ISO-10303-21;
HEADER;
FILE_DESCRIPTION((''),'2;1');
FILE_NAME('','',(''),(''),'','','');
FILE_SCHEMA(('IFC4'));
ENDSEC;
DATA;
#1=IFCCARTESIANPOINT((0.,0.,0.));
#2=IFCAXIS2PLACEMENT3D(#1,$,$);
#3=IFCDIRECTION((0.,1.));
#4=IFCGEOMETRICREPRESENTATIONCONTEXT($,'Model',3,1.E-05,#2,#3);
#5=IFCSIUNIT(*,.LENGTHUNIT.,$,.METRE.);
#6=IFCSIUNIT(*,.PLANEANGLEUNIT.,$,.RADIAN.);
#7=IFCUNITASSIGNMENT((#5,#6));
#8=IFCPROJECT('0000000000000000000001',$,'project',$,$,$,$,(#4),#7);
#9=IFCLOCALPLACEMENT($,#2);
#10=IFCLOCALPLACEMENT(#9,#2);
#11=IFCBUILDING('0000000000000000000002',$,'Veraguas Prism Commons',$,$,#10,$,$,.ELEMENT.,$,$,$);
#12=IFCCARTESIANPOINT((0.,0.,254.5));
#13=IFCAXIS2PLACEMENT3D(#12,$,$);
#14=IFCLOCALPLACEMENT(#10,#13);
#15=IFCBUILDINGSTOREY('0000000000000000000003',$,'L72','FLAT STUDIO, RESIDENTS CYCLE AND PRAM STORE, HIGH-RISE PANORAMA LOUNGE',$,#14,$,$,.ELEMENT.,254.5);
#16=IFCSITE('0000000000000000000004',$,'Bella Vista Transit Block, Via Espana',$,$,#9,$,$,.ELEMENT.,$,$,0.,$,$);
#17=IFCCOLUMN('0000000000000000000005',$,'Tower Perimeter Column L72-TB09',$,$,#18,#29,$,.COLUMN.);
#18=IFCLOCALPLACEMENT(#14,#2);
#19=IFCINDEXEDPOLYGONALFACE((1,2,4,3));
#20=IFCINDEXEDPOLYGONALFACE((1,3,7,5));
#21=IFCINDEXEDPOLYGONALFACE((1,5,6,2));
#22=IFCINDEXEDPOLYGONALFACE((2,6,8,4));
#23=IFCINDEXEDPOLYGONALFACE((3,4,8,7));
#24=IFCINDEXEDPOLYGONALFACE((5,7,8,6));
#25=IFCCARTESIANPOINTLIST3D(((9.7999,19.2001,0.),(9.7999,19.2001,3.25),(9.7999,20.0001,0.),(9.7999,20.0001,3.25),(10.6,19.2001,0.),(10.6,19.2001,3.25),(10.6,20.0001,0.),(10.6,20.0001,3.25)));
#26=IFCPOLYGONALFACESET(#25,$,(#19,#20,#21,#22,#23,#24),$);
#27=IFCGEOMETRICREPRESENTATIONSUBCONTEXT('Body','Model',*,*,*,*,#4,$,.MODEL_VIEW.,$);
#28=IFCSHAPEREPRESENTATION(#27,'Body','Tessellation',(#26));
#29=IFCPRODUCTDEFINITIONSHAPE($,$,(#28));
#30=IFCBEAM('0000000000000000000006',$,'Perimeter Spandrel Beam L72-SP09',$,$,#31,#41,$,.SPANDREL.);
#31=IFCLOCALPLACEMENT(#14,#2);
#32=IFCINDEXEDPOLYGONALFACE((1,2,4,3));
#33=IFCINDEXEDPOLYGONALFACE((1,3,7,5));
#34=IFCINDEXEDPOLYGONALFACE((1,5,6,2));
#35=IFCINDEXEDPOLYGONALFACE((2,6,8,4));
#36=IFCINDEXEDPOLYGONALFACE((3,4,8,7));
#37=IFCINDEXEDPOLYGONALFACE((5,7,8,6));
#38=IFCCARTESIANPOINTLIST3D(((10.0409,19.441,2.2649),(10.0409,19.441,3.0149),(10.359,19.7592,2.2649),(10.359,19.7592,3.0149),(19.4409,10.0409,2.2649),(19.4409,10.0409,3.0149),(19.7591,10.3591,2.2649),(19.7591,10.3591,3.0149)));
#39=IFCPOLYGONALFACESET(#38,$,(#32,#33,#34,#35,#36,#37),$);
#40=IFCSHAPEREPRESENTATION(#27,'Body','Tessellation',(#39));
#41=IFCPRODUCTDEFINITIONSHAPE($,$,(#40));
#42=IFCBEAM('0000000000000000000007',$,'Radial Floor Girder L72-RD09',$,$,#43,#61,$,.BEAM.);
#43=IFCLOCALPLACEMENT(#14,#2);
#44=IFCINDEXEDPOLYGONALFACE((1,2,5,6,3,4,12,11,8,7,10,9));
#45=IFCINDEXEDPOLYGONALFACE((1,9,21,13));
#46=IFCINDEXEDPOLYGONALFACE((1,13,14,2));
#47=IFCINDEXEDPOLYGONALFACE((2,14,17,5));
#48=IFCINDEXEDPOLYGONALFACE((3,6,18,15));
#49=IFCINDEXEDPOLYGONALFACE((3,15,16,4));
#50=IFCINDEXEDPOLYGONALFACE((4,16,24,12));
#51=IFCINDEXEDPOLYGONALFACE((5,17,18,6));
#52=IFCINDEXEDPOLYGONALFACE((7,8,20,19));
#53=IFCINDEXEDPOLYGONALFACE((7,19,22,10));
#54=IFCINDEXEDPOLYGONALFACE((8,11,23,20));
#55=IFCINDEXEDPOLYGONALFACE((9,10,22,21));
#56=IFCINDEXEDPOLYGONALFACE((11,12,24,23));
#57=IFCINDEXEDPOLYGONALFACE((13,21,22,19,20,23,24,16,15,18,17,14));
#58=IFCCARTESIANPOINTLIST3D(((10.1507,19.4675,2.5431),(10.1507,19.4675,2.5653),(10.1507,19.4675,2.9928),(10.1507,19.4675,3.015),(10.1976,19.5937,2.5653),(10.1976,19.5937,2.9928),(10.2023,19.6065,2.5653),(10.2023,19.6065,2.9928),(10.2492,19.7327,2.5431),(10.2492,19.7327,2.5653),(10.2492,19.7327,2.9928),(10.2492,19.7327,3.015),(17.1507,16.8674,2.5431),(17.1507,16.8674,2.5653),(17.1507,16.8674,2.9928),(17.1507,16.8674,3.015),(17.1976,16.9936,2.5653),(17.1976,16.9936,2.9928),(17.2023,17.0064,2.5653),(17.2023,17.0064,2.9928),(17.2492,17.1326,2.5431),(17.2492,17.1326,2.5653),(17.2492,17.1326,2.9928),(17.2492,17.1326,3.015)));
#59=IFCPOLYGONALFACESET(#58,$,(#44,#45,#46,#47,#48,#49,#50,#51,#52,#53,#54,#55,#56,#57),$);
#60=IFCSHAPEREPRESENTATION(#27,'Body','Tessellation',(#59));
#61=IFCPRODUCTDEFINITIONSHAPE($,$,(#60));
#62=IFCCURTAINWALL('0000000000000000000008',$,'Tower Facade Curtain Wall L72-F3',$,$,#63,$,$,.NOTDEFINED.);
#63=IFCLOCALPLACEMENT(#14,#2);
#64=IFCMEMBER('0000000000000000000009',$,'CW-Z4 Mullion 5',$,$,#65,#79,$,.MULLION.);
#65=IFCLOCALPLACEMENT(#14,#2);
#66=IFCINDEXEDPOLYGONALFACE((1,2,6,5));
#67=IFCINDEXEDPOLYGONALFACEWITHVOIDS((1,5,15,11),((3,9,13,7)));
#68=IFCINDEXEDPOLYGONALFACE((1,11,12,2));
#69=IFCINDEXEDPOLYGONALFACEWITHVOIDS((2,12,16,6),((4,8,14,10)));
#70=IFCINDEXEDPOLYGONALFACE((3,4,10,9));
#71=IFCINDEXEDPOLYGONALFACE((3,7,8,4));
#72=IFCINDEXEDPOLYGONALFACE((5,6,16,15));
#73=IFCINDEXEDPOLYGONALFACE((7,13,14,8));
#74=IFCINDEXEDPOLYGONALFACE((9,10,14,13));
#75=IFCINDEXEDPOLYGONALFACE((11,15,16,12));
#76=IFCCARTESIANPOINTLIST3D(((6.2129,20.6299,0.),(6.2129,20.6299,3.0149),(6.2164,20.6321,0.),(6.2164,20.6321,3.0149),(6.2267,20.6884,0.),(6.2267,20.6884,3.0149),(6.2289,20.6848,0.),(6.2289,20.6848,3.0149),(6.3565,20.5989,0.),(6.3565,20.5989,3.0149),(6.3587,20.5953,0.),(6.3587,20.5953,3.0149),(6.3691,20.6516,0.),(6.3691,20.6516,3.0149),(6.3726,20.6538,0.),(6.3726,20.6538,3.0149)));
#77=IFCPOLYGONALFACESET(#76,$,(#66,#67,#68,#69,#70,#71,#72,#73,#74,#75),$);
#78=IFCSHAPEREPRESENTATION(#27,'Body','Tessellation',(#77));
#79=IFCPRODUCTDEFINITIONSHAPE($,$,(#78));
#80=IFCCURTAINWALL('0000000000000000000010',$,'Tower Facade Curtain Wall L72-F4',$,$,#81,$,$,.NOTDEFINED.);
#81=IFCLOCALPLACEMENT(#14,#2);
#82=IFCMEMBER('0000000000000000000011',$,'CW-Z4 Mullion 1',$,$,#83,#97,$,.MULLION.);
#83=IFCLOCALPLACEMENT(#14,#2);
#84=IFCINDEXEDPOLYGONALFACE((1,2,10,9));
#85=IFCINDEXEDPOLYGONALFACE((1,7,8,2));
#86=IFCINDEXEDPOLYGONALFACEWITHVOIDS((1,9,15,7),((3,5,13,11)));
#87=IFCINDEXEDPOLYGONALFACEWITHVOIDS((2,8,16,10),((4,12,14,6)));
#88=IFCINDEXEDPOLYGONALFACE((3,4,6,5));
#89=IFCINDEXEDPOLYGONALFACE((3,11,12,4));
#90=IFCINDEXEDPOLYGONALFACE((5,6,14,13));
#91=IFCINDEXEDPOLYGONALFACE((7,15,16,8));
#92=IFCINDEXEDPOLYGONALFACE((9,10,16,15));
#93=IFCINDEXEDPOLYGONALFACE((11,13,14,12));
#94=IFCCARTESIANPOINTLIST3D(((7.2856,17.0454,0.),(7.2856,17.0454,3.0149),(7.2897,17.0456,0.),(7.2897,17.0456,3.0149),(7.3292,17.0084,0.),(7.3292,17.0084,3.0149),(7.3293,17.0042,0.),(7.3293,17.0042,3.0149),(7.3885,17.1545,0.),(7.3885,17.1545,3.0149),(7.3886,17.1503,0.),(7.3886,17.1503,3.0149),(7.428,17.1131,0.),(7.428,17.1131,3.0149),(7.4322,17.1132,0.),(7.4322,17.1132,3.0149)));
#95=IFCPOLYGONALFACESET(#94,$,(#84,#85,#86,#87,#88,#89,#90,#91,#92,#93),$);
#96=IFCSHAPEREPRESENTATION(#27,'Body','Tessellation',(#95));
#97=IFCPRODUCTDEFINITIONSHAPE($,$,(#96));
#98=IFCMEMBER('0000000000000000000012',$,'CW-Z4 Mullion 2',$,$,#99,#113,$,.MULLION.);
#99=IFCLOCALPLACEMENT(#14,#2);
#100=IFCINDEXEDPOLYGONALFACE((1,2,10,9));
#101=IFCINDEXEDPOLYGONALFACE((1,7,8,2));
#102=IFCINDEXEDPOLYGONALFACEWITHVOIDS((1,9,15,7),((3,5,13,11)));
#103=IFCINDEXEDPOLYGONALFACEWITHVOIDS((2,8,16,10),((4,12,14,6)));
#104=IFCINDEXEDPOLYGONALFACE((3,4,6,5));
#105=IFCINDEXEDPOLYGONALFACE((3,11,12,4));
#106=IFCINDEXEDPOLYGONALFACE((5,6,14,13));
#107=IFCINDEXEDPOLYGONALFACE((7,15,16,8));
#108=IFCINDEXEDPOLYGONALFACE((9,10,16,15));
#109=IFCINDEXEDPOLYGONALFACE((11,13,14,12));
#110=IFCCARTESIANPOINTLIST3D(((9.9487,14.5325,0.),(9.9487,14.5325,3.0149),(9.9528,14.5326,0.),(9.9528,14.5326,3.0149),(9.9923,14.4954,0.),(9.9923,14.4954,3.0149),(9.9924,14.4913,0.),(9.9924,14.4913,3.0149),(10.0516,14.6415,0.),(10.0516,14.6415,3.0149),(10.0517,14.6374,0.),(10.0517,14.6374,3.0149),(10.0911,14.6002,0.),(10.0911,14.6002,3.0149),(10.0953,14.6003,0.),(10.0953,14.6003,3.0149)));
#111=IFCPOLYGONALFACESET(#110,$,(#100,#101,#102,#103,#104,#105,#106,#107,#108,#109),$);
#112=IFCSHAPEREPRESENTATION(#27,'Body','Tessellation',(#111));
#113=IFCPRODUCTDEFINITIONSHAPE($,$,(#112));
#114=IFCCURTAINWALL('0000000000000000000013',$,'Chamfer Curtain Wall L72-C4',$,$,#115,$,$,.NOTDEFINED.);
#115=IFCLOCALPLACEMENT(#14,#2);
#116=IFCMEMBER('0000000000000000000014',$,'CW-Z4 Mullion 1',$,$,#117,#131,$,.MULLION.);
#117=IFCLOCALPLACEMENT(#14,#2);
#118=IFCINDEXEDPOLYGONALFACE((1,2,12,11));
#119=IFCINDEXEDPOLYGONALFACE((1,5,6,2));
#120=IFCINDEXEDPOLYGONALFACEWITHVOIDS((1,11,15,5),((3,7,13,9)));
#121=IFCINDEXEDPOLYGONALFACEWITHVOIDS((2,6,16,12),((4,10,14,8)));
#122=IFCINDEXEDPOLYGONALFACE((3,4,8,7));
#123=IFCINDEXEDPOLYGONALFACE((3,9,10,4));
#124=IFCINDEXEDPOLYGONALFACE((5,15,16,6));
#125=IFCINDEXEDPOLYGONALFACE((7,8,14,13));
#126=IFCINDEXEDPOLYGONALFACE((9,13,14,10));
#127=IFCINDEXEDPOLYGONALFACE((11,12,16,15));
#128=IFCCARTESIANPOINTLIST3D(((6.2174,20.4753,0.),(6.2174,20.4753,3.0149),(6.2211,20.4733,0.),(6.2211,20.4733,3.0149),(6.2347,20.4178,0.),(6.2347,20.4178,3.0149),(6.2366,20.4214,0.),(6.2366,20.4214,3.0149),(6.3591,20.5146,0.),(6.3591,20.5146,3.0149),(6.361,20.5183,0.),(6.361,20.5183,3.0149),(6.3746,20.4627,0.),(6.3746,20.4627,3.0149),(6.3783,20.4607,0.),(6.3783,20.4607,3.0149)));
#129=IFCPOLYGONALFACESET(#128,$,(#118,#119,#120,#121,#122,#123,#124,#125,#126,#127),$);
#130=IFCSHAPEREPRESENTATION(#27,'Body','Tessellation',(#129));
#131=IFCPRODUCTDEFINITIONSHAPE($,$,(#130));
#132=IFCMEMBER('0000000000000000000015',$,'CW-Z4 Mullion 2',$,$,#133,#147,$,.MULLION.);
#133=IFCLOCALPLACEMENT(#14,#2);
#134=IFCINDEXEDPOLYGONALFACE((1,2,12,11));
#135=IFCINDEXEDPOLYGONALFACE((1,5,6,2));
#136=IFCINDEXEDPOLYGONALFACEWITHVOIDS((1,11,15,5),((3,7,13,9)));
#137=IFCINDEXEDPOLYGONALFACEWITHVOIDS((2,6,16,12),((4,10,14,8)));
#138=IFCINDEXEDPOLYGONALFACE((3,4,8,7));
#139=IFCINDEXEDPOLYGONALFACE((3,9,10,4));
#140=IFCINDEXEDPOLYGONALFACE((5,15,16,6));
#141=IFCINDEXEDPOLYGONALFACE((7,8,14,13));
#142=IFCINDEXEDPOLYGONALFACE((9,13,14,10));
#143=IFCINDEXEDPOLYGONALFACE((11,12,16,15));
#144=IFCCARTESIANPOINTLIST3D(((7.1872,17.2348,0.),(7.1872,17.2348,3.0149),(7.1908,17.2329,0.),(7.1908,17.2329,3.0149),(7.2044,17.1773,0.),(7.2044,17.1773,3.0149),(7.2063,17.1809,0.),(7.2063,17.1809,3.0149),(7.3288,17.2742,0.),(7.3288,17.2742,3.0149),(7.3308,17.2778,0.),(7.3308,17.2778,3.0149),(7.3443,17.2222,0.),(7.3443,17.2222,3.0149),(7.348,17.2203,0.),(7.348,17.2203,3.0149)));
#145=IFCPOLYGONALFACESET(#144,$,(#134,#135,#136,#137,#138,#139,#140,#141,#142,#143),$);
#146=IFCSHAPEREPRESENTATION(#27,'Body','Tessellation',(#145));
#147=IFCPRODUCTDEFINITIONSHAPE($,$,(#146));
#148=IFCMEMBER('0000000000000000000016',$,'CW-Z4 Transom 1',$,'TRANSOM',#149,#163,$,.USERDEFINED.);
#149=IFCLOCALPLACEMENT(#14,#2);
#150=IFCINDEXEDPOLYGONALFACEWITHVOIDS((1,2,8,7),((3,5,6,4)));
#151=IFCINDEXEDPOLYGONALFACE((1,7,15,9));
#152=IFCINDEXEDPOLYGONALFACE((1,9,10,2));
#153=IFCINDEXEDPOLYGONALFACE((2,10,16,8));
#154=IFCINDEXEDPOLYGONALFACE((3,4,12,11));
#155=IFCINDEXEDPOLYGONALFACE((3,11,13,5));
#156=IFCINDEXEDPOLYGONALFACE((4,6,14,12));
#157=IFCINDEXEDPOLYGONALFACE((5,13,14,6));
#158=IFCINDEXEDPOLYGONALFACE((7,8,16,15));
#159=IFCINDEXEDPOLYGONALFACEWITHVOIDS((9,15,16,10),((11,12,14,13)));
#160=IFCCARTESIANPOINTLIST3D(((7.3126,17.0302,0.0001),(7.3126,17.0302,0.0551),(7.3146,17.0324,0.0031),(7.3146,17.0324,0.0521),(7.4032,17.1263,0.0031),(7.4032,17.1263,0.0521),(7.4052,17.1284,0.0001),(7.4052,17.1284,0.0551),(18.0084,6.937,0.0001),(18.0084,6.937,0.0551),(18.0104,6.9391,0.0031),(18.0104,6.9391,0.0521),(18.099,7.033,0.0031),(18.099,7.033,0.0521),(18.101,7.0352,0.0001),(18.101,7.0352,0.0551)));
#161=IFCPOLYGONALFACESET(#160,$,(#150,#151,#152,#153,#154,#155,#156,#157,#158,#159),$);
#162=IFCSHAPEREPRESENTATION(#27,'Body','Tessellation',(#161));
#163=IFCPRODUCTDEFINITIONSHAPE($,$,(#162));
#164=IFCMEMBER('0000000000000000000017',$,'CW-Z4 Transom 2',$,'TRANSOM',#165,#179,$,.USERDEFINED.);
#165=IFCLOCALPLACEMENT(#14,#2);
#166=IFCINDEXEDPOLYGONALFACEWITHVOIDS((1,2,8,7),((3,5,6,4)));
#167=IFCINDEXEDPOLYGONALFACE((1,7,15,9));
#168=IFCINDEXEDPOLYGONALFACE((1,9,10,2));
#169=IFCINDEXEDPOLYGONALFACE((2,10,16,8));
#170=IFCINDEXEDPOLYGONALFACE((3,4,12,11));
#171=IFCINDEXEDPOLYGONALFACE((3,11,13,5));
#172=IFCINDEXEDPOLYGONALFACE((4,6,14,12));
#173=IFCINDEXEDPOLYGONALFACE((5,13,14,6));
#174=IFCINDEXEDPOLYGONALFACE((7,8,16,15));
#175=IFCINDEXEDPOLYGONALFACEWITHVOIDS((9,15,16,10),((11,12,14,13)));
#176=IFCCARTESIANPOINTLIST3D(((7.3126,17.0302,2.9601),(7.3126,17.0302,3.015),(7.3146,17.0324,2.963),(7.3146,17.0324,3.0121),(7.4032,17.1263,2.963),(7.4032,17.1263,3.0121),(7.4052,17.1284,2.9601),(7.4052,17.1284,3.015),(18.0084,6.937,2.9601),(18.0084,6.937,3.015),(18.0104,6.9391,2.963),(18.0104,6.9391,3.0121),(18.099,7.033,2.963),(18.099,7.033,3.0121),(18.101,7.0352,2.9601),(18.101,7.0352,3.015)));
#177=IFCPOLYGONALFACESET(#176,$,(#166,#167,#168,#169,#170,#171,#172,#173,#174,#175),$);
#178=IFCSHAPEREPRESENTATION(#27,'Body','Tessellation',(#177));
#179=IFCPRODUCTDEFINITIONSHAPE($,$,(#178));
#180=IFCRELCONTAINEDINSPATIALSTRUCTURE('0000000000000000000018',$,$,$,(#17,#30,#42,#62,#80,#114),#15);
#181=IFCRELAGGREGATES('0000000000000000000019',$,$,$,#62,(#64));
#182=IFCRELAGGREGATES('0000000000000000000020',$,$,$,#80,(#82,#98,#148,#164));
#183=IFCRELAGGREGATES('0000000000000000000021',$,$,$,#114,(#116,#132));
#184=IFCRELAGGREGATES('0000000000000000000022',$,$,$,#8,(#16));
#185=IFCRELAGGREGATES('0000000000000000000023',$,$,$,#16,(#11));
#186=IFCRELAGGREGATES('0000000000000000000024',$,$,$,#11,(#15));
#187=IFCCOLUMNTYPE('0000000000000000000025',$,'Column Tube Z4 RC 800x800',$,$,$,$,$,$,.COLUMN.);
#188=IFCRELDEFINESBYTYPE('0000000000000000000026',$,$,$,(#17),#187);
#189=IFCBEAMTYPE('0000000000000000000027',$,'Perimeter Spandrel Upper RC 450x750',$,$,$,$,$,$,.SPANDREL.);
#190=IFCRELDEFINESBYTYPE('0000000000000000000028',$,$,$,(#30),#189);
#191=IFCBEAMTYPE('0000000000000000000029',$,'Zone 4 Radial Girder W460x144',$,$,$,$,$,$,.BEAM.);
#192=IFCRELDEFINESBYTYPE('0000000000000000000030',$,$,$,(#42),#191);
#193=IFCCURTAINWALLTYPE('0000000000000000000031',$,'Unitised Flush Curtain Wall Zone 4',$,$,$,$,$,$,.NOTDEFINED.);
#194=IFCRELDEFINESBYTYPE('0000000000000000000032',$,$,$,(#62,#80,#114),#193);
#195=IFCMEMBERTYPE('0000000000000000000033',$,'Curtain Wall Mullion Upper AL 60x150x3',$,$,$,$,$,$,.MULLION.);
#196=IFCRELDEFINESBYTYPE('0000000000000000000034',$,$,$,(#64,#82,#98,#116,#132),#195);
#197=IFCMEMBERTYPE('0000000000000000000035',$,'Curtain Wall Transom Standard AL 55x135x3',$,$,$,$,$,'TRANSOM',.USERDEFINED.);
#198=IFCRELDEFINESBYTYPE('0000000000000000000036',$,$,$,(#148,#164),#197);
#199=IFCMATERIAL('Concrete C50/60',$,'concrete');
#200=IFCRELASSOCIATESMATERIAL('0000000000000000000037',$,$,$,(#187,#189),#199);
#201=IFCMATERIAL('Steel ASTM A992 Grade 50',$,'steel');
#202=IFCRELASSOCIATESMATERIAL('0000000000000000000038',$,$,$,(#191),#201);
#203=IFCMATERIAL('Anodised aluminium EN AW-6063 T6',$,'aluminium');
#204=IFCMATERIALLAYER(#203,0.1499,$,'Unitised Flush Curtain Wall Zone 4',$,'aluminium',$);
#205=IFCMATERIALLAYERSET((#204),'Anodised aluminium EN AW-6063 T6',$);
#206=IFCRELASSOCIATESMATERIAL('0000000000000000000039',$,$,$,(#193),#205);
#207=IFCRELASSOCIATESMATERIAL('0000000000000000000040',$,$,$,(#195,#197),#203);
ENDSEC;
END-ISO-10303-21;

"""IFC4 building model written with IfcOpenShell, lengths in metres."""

from ifc_helpers import new_model, si_unit, direction, frame, origin, origin_2d, place, context, subcontext, project, spatial, rectangle, hollow_rectangle, i_section, extrude, source, transform, mapped, material, layer, layer_set, material_profile, profile_set, type_object, element, aggregate, save


model = new_model("IFC4")

# Units and contexts
model_context = context("Model", 3, precision=1e-05, world=origin(), true_north=direction((0.0, 1.0)))
body_context = subcontext(model_context, "Body", "Model", "MODEL_VIEW")
ifc_project = project(units=[si_unit("LENGTHUNIT", "METRE"), si_unit("PLANEANGLEUNIT", "RADIAN")], contexts=[model_context])

# Site, building, storey
site_placement = place(None, origin())
site = spatial("IfcSite", under=ifc_project, at=site_placement, Name="Bella Vista Transit Block, Via Espana", CompositionType="ELEMENT", RefElevation=0.0)
building_placement = place(site_placement, origin())
building = spatial("IfcBuilding", under=site, at=building_placement, Name="Veraguas Prism Commons", CompositionType="ELEMENT")
storey_placement = place(building_placement, frame((0.0, 0.0, 254.5)))
storey = spatial("IfcBuildingStorey", under=building, at=storey_placement, Name="L72", Description="FLAT STUDIO, RESIDENTS CYCLE AND PRAM STORE, HIGH-RISE PANORAMA LOUNGE", CompositionType="ELEMENT", Elevation=254.5)

# Column
ifc_material_1 = material(Name="Concrete C50/60", Category="concrete")
ifc_material_profile_1 = material_profile(ifc_material_1, rectangle(XDim=0.8, YDim=0.8, at=origin_2d()), Name="RC800X800")
ifc_profile_set_1 = profile_set([ifc_material_profile_1], Name="Concrete C50/60")
column_type = type_object("IfcColumnType", Name="Column Tube Z4 RC 800x800", PredefinedType="COLUMN", material=ifc_profile_set_1)
column_placement = place(storey_placement, frame((10.2, 19.6001, 0.0), z_axis=(0.0, 0.0, 1.0), x_axis=(1.0, 0.0, 0.0)))
element("IfcColumn", 1, at=column_placement, inside=storey, type_object=column_type, Name="Tower Perimeter Column L72-TB09", PredefinedType="COLUMN", context=body_context, shape_type="SweptSolid", body=[
    extrude(rectangle(XDim=0.8, YDim=0.8, at=origin_2d()), origin(), (0.0, 0.0, 1.0), 3.25),
])

# Beams
ifc_material_profile_2 = material_profile(ifc_material_1, rectangle(XDim=0.45, YDim=0.75, at=origin_2d()), Name="RC450X750")
ifc_profile_set_2 = profile_set([ifc_material_profile_2], Name="Concrete C50/60")
beam_type_1 = type_object("IfcBeamType", Name="Perimeter Spandrel Upper RC 450x750", PredefinedType="SPANDREL", material=ifc_profile_set_2)
beam_1_placement = place(storey_placement, frame((10.2, 19.6001, 2.6399), z_axis=(0.707107, -0.707107, 0.0), x_axis=(0.707107, 0.707107, 0.0)))
element("IfcBeam", 2, at=beam_1_placement, inside=storey, type_object=beam_type_1, Name="Perimeter Spandrel Beam L72-SP09", PredefinedType="SPANDREL", context=body_context, shape_type="SweptSolid", body=[
    extrude(rectangle(XDim=0.45, YDim=0.75, at=origin_2d()), origin(), (0.0, 0.0, 1.0), 13.2937),
])
ifc_material_2 = material(Name="Steel ASTM A992 Grade 50", Category="steel")
ifc_material_profile_3 = material_profile(ifc_material_2, i_section(OverallWidth=0.283, OverallDepth=0.4719, WebThickness=0.0137, FlangeThickness=0.0222, at=origin_2d()), Name="W460X144")
ifc_profile_set_3 = profile_set([ifc_material_profile_3], Name="Steel ASTM A992 Grade 50")
beam_type_2 = type_object("IfcBeamType", Name="Zone 4 Radial Girder W460x144", PredefinedType="BEAM", material=ifc_profile_set_3)
beam_2_placement = place(storey_placement, frame((10.2, 19.6001, 2.7791), z_axis=(0.937421, -0.348198, 0.0), x_axis=(0.348198, 0.937421, 0.0)))
element("IfcBeam", 3, at=beam_2_placement, inside=storey, type_object=beam_type_2, Name="Radial Floor Girder L72-RD09", PredefinedType="BEAM", context=body_context, shape_type="SweptSolid", body=[
    extrude(i_section(OverallWidth=0.283, OverallDepth=0.4719, WebThickness=0.0137, FlangeThickness=0.0222, at=origin_2d()), origin(), (0.0, 0.0, 1.0), 7.4673),
])

# Curtain wall, member
ifc_material_3 = material(Name="Anodised aluminium EN AW-6063 T6", Category="aluminium")
ifc_layer_1 = layer(ifc_material_3, 0.1499, Name="Unitised Flush Curtain Wall Zone 4", Category="aluminium")
ifc_layer_set_1 = layer_set([ifc_layer_1], Name="Anodised aluminium EN AW-6063 T6")
curtain_wall_type = type_object("IfcCurtainWallType", Name="Unitised Flush Curtain Wall Zone 4", PredefinedType="NOTDEFINED", material=ifc_layer_set_1)
curtain_wall_1_placement = place(storey_placement, origin())
curtain_wall_1 = element("IfcCurtainWall", 4, at=curtain_wall_1_placement, inside=storey, type_object=curtain_wall_type, Name="Tower Facade Curtain Wall L72-F3", PredefinedType="NOTDEFINED")
ifc_material_profile_4 = material_profile(ifc_material_3, hollow_rectangle(XDim=0.0601, YDim=0.1499, WallThickness=0.0029, at=origin_2d()), Name="AL60X150X3")
ifc_profile_set_4 = profile_set([ifc_material_profile_4], Name="Anodised aluminium EN AW-6063 T6")
member_type_1 = type_object("IfcMemberType", Name="Curtain Wall Mullion Upper AL 60x150x3", PredefinedType="MULLION", material=ifc_profile_set_4)
shared_shape_1 = source(origin(), body_context, "Body", "SweptSolid", [
    extrude(hollow_rectangle(XDim=0.0601, YDim=0.1499, WallThickness=0.0029, at=origin_2d()), origin(), (0.0, 0.0, 1.0), 3.0149),
])
member_1_placement = place(storey_placement, frame((6.2927, 20.6418, 0.0), z_axis=(0.0, 0.0, 1.0), x_axis=(-0.230741, -0.973015, 0.0)))
member_1 = element("IfcMember", 5, at=member_1_placement, type_object=member_type_1, Name="CW-Z4 Mullion 5", PredefinedType="MULLION", context=body_context, shape_type="MappedRepresentation", body=[
    mapped(shared_shape_1, transform((0.0, 0.0, 0.0), scale=1.0)),
])
aggregate(curtain_wall_1, [member_1])

# Curtain walls, members
curtain_wall_2_placement = place(storey_placement, origin())
curtain_wall_2 = element("IfcCurtainWall", 6, at=curtain_wall_2_placement, inside=storey, type_object=curtain_wall_type, Name="Tower Facade Curtain Wall L72-F4", PredefinedType="NOTDEFINED")
member_2_placement = place(storey_placement, frame((7.3589, 17.0793, 0.0), z_axis=(0.0, 0.0, 1.0), x_axis=(0.727296, -0.686324, 0.0)))
member_2 = element("IfcMember", 7, at=member_2_placement, type_object=member_type_1, Name="CW-Z4 Mullion 1", PredefinedType="MULLION", context=body_context, shape_type="MappedRepresentation", body=[
    mapped(shared_shape_1, transform((0.0, 0.0, 0.0), scale=1.0)),
])
member_3_placement = place(storey_placement, frame((10.022, 14.5664, 0.0), z_axis=(0.0, 0.0, 1.0), x_axis=(0.727296, -0.686324, 0.0)))
member_3 = element("IfcMember", 8, at=member_3_placement, type_object=member_type_1, Name="CW-Z4 Mullion 2", PredefinedType="MULLION", context=body_context, shape_type="MappedRepresentation", body=[
    mapped(shared_shape_1, transform((0.0, 0.0, 0.0), scale=1.0)),
])
curtain_wall_3_placement = place(storey_placement, origin())
curtain_wall_3 = element("IfcCurtainWall", 9, at=curtain_wall_3_placement, inside=storey, type_object=curtain_wall_type, Name="Chamfer Curtain Wall L72-C4", PredefinedType="NOTDEFINED")
member_4_placement = place(storey_placement, frame((6.2979, 20.468, 0.0), z_axis=(0.0, 0.0, 1.0), x_axis=(0.286708, -0.958018, 0.0)))
member_4 = element("IfcMember", 10, at=member_4_placement, type_object=member_type_1, Name="CW-Z4 Mullion 1", PredefinedType="MULLION", context=body_context, shape_type="MappedRepresentation", body=[
    mapped(shared_shape_1, transform((0.0, 0.0, 0.0), scale=1.0)),
])
member_5_placement = place(storey_placement, frame((7.2676, 17.2275, 0.0), z_axis=(0.0, 0.0, 1.0), x_axis=(0.286708, -0.958018, 0.0)))
member_5 = element("IfcMember", 11, at=member_5_placement, type_object=member_type_1, Name="CW-Z4 Mullion 2", PredefinedType="MULLION", context=body_context, shape_type="MappedRepresentation", body=[
    mapped(shared_shape_1, transform((0.0, 0.0, 0.0), scale=1.0)),
])

# Members
ifc_material_profile_5 = material_profile(ifc_material_3, hollow_rectangle(XDim=0.0549, YDim=0.135, WallThickness=0.0029, at=origin_2d()), Name="AL55X135X3")
ifc_profile_set_5 = profile_set([ifc_material_profile_5], Name="Anodised aluminium EN AW-6063 T6")
member_type_2 = type_object("IfcMemberType", Name="Curtain Wall Transom Standard AL 55x135x3", ElementType="TRANSOM", PredefinedType="USERDEFINED", material=ifc_profile_set_5)
shared_shape_2 = source(origin(), body_context, "Body", "SweptSolid", [
    extrude(hollow_rectangle(XDim=0.0549, YDim=0.135, WallThickness=0.0029, at=origin_2d()), origin(), (0.0, 0.0, 1.0), 14.7063),
])
member_6_placement = place(storey_placement, frame((7.3589, 17.0793, 0.0276), z_axis=(0.727296, -0.686324, 0.0), x_axis=(0.0, 0.0, 1.0)))
member_6 = element("IfcMember", 12, at=member_6_placement, type_object=member_type_2, Name="CW-Z4 Transom 1", ObjectType="TRANSOM", PredefinedType="USERDEFINED", context=body_context, shape_type="MappedRepresentation", body=[
    mapped(shared_shape_2, transform((0.0, 0.0, 0.0), scale=1.0)),
])
member_7_placement = place(storey_placement, frame((7.3589, 17.0793, 2.9875), z_axis=(0.727296, -0.686324, 0.0), x_axis=(0.0, 0.0, 1.0)))
member_7 = element("IfcMember", 13, at=member_7_placement, type_object=member_type_2, Name="CW-Z4 Transom 2", ObjectType="TRANSOM", PredefinedType="USERDEFINED", context=body_context, shape_type="MappedRepresentation", body=[
    mapped(shared_shape_2, transform((0.0, 0.0, 0.0), scale=1.0)),
])

aggregate(curtain_wall_2, [member_2, member_3, member_6, member_7])
aggregate(curtain_wall_3, [member_4, member_5])

save(model, "model.ifc")
